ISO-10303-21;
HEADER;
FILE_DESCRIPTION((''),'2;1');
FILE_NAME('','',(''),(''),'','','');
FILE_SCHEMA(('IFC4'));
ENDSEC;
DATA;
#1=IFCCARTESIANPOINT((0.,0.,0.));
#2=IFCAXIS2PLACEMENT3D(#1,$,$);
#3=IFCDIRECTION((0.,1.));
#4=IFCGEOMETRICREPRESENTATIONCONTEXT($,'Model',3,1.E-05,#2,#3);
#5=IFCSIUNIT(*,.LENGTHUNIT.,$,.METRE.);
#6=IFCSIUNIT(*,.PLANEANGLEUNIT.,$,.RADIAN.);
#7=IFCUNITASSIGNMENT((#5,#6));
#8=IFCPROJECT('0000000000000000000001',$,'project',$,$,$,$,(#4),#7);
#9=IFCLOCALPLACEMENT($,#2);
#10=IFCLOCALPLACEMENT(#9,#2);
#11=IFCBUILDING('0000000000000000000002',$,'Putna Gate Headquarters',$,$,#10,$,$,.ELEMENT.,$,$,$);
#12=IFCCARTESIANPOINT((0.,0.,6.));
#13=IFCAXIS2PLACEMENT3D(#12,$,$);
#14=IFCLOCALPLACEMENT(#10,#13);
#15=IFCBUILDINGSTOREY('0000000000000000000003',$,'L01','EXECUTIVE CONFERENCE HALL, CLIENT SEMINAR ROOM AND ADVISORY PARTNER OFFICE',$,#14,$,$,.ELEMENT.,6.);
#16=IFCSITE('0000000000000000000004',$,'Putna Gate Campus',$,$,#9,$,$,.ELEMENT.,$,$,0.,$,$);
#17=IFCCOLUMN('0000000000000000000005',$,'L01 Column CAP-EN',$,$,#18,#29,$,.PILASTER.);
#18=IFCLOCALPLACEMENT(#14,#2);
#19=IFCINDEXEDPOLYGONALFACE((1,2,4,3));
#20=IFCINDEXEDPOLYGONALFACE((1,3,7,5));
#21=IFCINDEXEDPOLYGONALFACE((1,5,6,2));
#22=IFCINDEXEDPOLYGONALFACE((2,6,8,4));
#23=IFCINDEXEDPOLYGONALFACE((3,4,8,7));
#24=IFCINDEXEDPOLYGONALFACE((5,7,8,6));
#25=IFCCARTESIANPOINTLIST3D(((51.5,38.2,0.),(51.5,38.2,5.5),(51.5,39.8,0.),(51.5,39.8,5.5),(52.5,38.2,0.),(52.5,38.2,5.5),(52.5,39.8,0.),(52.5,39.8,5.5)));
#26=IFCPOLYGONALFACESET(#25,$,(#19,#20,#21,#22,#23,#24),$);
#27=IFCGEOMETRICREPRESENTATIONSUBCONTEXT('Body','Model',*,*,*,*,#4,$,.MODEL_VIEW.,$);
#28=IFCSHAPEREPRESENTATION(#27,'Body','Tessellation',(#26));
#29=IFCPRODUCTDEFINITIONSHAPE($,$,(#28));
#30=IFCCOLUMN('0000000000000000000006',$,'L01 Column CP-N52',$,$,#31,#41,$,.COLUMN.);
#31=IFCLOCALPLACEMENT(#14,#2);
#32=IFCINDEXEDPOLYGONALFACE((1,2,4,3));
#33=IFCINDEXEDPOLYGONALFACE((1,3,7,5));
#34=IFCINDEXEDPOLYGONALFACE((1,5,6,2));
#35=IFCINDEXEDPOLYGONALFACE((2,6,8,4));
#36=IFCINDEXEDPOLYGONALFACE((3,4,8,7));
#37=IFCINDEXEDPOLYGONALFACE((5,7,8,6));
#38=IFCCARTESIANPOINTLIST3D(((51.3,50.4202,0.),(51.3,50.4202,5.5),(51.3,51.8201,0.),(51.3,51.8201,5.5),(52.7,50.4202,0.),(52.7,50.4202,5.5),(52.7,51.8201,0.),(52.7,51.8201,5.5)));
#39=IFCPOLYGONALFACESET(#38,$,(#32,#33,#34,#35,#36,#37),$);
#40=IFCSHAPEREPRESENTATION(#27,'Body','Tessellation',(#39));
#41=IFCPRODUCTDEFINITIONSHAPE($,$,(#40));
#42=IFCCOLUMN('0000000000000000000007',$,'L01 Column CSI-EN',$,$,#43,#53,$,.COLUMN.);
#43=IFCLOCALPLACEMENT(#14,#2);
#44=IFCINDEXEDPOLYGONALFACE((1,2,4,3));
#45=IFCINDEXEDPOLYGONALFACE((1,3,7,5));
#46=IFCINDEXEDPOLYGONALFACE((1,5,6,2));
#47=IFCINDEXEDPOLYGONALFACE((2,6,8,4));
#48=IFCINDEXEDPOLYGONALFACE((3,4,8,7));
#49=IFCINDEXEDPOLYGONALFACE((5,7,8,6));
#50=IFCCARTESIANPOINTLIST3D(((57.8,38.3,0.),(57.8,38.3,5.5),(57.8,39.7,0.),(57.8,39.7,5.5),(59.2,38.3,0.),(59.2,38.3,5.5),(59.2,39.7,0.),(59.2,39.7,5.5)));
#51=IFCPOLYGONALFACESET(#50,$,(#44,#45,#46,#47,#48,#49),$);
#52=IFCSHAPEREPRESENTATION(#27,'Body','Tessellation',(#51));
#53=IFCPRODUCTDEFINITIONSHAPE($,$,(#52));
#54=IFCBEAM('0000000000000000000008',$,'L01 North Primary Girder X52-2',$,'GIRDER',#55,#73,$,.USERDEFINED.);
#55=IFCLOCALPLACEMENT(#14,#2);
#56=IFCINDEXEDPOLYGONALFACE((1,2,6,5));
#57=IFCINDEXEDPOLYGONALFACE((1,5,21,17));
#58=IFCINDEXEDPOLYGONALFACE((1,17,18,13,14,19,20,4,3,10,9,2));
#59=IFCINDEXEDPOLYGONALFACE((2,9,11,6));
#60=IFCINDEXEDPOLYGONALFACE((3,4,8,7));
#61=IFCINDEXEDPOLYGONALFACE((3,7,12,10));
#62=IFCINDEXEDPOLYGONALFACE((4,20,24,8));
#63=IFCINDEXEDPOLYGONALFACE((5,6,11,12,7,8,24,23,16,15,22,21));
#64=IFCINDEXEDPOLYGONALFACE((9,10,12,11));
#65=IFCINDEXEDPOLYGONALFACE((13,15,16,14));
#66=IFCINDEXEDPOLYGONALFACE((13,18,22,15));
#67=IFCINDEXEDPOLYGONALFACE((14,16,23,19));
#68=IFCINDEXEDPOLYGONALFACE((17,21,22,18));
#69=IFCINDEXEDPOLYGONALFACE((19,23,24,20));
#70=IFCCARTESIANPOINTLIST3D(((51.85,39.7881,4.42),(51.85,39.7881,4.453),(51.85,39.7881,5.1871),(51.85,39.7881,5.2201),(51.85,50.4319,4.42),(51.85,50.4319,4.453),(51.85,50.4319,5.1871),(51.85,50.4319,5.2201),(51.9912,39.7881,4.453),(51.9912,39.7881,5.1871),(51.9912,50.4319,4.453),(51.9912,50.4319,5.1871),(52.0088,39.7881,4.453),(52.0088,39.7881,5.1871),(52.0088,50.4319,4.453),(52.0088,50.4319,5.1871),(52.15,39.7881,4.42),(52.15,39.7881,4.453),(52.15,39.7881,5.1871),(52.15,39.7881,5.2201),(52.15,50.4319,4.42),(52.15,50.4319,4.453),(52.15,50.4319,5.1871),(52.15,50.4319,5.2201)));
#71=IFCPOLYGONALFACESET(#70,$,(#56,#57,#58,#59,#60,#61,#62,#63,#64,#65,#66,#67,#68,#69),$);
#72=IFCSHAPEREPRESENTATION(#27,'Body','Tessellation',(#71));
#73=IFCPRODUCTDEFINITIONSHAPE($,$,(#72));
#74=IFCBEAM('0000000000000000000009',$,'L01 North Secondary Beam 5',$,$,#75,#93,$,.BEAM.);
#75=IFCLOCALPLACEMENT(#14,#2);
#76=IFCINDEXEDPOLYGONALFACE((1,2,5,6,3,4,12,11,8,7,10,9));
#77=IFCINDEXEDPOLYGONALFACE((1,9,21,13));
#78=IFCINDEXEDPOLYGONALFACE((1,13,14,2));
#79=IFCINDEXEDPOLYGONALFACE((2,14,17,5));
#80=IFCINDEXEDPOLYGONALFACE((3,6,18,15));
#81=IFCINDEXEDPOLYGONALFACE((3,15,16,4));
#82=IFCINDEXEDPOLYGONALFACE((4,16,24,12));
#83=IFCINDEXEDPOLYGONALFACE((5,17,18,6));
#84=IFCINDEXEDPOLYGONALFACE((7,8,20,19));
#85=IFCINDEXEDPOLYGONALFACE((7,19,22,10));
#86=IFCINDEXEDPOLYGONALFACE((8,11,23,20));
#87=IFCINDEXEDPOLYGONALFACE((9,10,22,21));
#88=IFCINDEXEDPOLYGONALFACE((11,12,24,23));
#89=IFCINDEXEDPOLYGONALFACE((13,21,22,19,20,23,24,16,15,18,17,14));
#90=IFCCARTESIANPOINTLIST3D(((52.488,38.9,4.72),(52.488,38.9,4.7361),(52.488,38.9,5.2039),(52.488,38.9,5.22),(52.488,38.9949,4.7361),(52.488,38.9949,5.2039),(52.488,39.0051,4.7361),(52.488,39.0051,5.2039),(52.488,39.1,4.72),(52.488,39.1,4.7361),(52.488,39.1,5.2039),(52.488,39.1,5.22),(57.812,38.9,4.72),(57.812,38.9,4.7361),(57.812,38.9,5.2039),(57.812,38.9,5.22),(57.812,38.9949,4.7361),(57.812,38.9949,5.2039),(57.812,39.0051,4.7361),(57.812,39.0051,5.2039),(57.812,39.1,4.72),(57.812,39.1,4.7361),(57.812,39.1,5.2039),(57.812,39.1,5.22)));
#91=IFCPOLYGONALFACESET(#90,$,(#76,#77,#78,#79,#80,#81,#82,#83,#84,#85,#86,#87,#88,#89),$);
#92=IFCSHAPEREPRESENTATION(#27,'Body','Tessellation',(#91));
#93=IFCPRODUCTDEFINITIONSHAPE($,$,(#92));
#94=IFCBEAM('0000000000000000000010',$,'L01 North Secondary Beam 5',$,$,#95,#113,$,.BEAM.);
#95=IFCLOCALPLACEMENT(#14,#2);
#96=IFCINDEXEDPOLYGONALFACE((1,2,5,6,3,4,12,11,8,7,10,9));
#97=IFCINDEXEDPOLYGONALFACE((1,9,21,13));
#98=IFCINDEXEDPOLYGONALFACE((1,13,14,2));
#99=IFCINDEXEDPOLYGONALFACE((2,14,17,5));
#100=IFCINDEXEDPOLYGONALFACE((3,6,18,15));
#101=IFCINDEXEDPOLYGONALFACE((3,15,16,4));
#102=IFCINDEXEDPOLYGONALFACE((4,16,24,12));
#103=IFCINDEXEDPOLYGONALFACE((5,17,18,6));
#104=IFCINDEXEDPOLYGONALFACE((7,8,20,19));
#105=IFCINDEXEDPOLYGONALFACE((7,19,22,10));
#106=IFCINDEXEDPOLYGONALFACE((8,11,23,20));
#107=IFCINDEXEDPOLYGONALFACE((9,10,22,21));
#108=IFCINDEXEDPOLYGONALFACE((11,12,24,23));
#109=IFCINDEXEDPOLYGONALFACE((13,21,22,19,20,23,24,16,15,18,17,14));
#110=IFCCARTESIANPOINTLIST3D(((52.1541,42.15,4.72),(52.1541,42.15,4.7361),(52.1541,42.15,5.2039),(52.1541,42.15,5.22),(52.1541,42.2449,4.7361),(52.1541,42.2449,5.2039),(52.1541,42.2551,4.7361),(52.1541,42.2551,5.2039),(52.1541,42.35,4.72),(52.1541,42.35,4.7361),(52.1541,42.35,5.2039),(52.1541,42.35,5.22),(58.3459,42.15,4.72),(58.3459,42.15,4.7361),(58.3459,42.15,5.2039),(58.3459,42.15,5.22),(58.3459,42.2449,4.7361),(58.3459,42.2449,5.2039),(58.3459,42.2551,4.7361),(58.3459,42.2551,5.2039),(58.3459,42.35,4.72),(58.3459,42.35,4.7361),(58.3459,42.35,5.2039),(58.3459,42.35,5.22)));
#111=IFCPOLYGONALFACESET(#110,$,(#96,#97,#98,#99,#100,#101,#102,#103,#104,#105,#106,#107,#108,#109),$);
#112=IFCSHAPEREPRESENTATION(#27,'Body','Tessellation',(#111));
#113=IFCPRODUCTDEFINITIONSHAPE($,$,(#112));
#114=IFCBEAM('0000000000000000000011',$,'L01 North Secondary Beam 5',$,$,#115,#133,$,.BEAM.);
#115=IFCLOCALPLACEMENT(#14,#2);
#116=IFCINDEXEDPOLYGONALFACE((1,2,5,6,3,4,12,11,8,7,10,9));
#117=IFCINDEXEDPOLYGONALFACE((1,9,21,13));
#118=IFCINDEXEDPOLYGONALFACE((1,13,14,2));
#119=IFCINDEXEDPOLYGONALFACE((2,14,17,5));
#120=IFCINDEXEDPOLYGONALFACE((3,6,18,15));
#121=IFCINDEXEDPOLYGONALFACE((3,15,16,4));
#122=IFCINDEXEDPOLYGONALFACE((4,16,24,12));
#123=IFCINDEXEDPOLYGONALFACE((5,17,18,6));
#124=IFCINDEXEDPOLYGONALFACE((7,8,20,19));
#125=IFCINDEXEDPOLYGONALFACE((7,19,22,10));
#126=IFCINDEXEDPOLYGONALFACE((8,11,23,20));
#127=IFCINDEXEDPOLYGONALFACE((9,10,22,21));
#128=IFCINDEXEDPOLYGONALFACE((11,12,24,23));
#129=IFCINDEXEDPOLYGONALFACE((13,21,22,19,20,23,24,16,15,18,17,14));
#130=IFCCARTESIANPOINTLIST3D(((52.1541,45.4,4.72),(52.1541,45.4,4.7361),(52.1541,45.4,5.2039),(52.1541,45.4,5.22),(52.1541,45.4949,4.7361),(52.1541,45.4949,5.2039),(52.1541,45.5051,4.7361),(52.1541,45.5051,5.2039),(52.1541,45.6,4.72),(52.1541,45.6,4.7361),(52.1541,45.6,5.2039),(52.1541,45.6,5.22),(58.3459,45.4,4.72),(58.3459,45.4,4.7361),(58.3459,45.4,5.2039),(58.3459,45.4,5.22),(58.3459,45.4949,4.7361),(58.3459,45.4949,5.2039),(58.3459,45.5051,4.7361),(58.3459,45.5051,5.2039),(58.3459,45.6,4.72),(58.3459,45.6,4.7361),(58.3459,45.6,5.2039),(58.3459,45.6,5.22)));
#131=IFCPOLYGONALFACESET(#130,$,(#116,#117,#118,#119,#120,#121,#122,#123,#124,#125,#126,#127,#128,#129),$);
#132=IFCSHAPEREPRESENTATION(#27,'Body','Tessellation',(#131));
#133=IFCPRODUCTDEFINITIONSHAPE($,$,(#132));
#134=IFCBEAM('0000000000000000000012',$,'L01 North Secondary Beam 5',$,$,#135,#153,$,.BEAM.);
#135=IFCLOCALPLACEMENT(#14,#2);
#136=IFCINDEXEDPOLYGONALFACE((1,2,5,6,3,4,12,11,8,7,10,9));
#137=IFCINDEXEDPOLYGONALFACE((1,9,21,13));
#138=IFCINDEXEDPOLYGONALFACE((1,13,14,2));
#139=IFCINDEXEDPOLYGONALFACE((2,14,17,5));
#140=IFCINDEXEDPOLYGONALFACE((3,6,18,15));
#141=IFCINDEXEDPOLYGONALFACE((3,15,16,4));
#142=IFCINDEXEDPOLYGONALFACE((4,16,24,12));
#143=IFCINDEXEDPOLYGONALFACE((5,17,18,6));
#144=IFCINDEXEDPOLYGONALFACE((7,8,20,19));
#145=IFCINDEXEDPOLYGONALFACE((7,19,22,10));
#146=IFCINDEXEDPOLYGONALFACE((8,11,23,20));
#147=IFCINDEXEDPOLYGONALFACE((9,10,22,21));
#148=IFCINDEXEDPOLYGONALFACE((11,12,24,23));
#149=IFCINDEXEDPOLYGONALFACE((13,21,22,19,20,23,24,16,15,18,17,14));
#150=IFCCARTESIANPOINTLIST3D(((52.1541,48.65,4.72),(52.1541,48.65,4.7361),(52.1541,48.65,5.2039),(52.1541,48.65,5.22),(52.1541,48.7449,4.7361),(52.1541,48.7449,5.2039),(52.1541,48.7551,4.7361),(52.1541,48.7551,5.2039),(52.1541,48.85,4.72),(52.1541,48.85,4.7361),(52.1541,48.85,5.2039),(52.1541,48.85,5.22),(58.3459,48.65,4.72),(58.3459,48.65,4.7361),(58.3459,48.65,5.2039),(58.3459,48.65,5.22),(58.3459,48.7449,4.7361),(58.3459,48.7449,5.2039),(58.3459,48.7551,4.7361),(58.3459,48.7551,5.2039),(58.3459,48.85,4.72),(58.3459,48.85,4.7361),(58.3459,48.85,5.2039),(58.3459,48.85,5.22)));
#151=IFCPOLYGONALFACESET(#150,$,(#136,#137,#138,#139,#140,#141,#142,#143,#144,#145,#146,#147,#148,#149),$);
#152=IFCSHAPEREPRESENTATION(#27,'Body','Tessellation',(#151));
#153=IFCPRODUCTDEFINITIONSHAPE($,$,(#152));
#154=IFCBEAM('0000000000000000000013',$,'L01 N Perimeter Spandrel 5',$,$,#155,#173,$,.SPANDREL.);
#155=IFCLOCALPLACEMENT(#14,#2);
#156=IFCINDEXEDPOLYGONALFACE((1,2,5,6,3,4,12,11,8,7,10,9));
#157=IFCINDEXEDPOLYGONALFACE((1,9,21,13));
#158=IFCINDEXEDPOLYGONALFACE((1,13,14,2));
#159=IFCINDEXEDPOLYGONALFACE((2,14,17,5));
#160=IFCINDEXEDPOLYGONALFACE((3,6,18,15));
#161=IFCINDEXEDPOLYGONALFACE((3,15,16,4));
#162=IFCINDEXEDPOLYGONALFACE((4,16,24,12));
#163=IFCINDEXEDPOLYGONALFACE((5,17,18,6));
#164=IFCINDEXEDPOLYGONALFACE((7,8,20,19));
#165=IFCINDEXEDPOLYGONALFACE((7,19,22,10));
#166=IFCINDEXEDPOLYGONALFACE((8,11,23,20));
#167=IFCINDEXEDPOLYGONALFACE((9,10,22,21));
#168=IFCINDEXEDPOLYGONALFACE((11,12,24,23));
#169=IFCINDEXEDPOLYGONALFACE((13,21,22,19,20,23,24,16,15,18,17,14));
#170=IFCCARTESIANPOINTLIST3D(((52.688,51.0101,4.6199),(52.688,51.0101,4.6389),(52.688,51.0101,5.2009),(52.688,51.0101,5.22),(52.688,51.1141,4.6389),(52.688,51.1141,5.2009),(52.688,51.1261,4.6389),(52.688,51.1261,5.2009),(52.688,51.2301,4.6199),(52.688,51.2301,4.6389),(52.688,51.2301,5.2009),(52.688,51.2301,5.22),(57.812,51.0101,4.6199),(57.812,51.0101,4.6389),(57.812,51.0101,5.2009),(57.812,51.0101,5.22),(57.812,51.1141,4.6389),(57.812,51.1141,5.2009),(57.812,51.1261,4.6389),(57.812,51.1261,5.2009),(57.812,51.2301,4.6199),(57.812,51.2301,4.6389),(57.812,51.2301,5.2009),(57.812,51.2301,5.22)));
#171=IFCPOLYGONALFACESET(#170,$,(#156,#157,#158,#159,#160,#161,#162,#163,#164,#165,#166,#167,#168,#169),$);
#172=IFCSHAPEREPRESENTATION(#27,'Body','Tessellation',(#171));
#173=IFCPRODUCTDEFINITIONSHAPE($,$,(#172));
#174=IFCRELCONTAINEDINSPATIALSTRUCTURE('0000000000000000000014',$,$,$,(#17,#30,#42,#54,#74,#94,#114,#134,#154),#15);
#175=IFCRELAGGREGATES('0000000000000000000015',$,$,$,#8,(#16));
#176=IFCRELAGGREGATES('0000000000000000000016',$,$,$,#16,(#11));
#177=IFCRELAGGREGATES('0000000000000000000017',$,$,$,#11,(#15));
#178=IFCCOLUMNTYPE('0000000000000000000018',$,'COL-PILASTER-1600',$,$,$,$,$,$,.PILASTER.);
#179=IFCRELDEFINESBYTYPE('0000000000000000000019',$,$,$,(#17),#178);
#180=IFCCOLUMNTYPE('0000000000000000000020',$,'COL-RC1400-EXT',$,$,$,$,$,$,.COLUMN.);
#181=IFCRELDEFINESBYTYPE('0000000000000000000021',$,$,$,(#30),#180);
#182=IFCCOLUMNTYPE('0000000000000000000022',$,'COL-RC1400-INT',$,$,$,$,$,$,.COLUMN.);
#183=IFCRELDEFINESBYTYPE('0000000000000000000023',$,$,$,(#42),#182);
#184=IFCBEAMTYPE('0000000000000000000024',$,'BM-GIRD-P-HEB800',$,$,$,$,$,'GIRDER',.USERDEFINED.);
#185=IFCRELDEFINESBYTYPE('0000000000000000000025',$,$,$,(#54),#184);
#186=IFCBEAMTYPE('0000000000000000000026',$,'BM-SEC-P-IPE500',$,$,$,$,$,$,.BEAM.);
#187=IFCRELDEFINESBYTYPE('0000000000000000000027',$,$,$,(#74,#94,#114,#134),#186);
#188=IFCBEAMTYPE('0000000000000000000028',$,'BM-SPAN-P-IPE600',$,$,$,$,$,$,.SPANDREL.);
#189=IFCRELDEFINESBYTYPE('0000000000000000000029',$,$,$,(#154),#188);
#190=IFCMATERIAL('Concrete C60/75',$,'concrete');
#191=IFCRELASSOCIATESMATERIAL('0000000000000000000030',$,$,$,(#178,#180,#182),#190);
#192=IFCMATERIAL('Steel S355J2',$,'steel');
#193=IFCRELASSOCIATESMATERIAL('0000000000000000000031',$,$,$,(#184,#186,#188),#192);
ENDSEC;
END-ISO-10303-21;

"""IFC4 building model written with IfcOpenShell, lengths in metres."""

from ifc_helpers import new_model, si_unit, direction, frame, origin, origin_2d, place, context, subcontext, project, spatial, rectangle, i_section, extrude, material, material_profile, profile_set, type_object, element, save


model = new_model("IFC4")

# Units and contexts
model_context = context("Model", 3, precision=1e-05, world=origin(), true_north=direction((0.0, 1.0)))
body_context = subcontext(model_context, "Body", "Model", "MODEL_VIEW")
ifc_project = project(units=[si_unit("LENGTHUNIT", "METRE"), si_unit("PLANEANGLEUNIT", "RADIAN")], contexts=[model_context])

# Site, building, storey
site_placement = place(None, origin())
site = spatial("IfcSite", under=ifc_project, at=site_placement, Name="Putna Gate Campus", CompositionType="ELEMENT", RefElevation=0.0)
building_placement = place(site_placement, origin())
building = spatial("IfcBuilding", under=site, at=building_placement, Name="Putna Gate Headquarters", CompositionType="ELEMENT")
storey_placement = place(building_placement, frame((0.0, 0.0, 6.0)))
storey = spatial("IfcBuildingStorey", under=building, at=storey_placement, Name="L01", Description="EXECUTIVE CONFERENCE HALL, CLIENT SEMINAR ROOM AND ADVISORY PARTNER OFFICE", CompositionType="ELEMENT", Elevation=6.0)

# Columns
ifc_material_1 = material(Name="Concrete C60/75", Category="concrete")
ifc_material_profile_1 = material_profile(ifc_material_1, rectangle(XDim=1.0, YDim=1.6001, at=origin_2d()), Name="Concrete C60/75")
ifc_profile_set_1 = profile_set([ifc_material_profile_1], Name="Concrete C60/75")
column_type_1 = type_object("IfcColumnType", Name="COL-PILASTER-1600", PredefinedType="PILASTER", material=ifc_profile_set_1)
column_1_placement = place(storey_placement, frame((52.0, 39.0, 0.0), z_axis=(0.0, 0.0, 1.0), x_axis=(1.0, 0.0, 0.0)))
element("IfcColumn", 1, at=column_1_placement, inside=storey, type_object=column_type_1, Name="L01 Column CAP-EN", PredefinedType="PILASTER", context=body_context, shape_type="SweptSolid", body=[
    extrude(rectangle(XDim=1.0, YDim=1.6001, at=origin_2d()), origin(), (0.0, 0.0, 1.0), 5.5),
])
ifc_material_profile_2 = material_profile(ifc_material_1, rectangle(XDim=1.3999, YDim=1.3999, at=origin_2d()), Name="Concrete C60/75")
ifc_profile_set_2 = profile_set([ifc_material_profile_2], Name="Concrete C60/75")
column_type_2 = type_object("IfcColumnType", Name="COL-RC1400-EXT", PredefinedType="COLUMN", material=ifc_profile_set_2)
column_2_placement = place(storey_placement, frame((52.0, 51.1201, 0.0), z_axis=(0.0, 0.0, 1.0), x_axis=(1.0, 0.0, 0.0)))
element("IfcColumn", 2, at=column_2_placement, inside=storey, type_object=column_type_2, Name="L01 Column CP-N52", PredefinedType="COLUMN", context=body_context, shape_type="SweptSolid", body=[
    extrude(rectangle(XDim=1.3999, YDim=1.3999, at=origin_2d()), origin(), (0.0, 0.0, 1.0), 5.5),
])
ifc_material_profile_3 = material_profile(ifc_material_1, rectangle(XDim=1.3999, YDim=1.3999, at=origin_2d()), Name="Concrete C60/75")
ifc_profile_set_3 = profile_set([ifc_material_profile_3], Name="Concrete C60/75")
column_type_3 = type_object("IfcColumnType", Name="COL-RC1400-INT", PredefinedType="COLUMN", material=ifc_profile_set_3)
column_3_placement = place(storey_placement, frame((58.5, 39.0, 0.0), z_axis=(0.0, 0.0, 1.0), x_axis=(1.0, 0.0, 0.0)))
element("IfcColumn", 3, at=column_3_placement, inside=storey, type_object=column_type_3, Name="L01 Column CSI-EN", PredefinedType="COLUMN", context=body_context, shape_type="SweptSolid", body=[
    extrude(rectangle(XDim=1.3999, YDim=1.3999, at=origin_2d()), origin(), (0.0, 0.0, 1.0), 5.5),
])

# Beams
ifc_material_2 = material(Name="Steel S355J2", Category="steel")
ifc_material_profile_4 = material_profile(ifc_material_2, i_section(OverallWidth=0.3, OverallDepth=0.8, WebThickness=0.0176, FlangeThickness=0.033, at=origin_2d()), Name="Steel S355J2")
ifc_profile_set_4 = profile_set([ifc_material_profile_4], Name="Steel S355J2")
beam_type_1 = type_object("IfcBeamType", Name="BM-GIRD-P-HEB800", ElementType="GIRDER", PredefinedType="USERDEFINED", material=ifc_profile_set_4)
beam_1_placement = place(storey_placement, frame((52.0, 39.7881, 4.8201), z_axis=(0.0, 1.0, 0.0), x_axis=(-1.0, 0.0, 0.0)))
element("IfcBeam", 4, at=beam_1_placement, inside=storey, type_object=beam_type_1, Name="L01 North Primary Girder X52-2", ObjectType="GIRDER", PredefinedType="USERDEFINED", context=body_context, shape_type="SweptSolid", body=[
    extrude(i_section(OverallWidth=0.3, OverallDepth=0.8, WebThickness=0.0176, FlangeThickness=0.033, at=origin_2d()), origin(), (0.0, 0.0, 1.0), 10.6438),
])
ifc_material_profile_5 = material_profile(ifc_material_2, i_section(OverallWidth=0.2, OverallDepth=0.5, WebThickness=0.0103, FlangeThickness=0.0161, at=origin_2d()), Name="Steel S355J2")
ifc_profile_set_5 = profile_set([ifc_material_profile_5], Name="Steel S355J2")
beam_type_2 = type_object("IfcBeamType", Name="BM-SEC-P-IPE500", PredefinedType="BEAM", material=ifc_profile_set_5)
beam_2_placement = place(storey_placement, frame((52.488, 39.0, 4.97), z_axis=(1.0, 0.0, 0.0), x_axis=(0.0, 1.0, 0.0)))
element("IfcBeam", 5, at=beam_2_placement, inside=storey, type_object=beam_type_2, Name="L01 North Secondary Beam 5", PredefinedType="BEAM", context=body_context, shape_type="SweptSolid", body=[
    extrude(i_section(OverallWidth=0.2, OverallDepth=0.5, WebThickness=0.0103, FlangeThickness=0.0161, at=origin_2d()), origin(), (0.0, 0.0, 1.0), 5.324),
])
for number, where, z_axis, x_axis, name in (
    (6, (52.1541, 42.25, 4.97), (1.0, 0.0, 0.0), (0.0, 1.0, 0.0), "L01 North Secondary Beam 5"),
    (7, (52.1541, 45.5, 4.97), (1.0, 0.0, 0.0), (0.0, 1.0, 0.0), "L01 North Secondary Beam 5"),
    (8, (52.1541, 48.75, 4.97), (1.0, 0.0, 0.0), (0.0, 1.0, 0.0), "L01 North Secondary Beam 5"),
):
    element("IfcBeam", number, at=place(storey_placement, frame(where, z_axis=z_axis, x_axis=x_axis)), inside=storey, type_object=beam_type_2, Name=name, PredefinedType="BEAM", context=body_context, shape_type="SweptSolid", body=[
        extrude(i_section(OverallWidth=0.2, OverallDepth=0.5, WebThickness=0.0103, FlangeThickness=0.0161, at=origin_2d()), origin(), (0.0, 0.0, 1.0), 6.1919),
    ])
ifc_material_profile_6 = material_profile(ifc_material_2, i_section(OverallWidth=0.22, OverallDepth=0.6001, WebThickness=0.012, FlangeThickness=0.019, at=origin_2d()), Name="Steel S355J2")
ifc_profile_set_6 = profile_set([ifc_material_profile_6], Name="Steel S355J2")
beam_type_3 = type_object("IfcBeamType", Name="BM-SPAN-P-IPE600", PredefinedType="SPANDREL", material=ifc_profile_set_6)
beam_3_placement = place(storey_placement, frame((52.688, 51.1201, 4.9199), z_axis=(1.0, 0.0, 0.0), x_axis=(0.0, 1.0, 0.0)))
element("IfcBeam", 9, at=beam_3_placement, inside=storey, type_object=beam_type_3, Name="L01 N Perimeter Spandrel 5", PredefinedType="SPANDREL", context=body_context, shape_type="SweptSolid", body=[
    extrude(i_section(OverallWidth=0.22, OverallDepth=0.6001, WebThickness=0.012, FlangeThickness=0.019, at=origin_2d()), origin(), (0.0, 0.0, 1.0), 5.124),
])

save(model, "model.ifc")
